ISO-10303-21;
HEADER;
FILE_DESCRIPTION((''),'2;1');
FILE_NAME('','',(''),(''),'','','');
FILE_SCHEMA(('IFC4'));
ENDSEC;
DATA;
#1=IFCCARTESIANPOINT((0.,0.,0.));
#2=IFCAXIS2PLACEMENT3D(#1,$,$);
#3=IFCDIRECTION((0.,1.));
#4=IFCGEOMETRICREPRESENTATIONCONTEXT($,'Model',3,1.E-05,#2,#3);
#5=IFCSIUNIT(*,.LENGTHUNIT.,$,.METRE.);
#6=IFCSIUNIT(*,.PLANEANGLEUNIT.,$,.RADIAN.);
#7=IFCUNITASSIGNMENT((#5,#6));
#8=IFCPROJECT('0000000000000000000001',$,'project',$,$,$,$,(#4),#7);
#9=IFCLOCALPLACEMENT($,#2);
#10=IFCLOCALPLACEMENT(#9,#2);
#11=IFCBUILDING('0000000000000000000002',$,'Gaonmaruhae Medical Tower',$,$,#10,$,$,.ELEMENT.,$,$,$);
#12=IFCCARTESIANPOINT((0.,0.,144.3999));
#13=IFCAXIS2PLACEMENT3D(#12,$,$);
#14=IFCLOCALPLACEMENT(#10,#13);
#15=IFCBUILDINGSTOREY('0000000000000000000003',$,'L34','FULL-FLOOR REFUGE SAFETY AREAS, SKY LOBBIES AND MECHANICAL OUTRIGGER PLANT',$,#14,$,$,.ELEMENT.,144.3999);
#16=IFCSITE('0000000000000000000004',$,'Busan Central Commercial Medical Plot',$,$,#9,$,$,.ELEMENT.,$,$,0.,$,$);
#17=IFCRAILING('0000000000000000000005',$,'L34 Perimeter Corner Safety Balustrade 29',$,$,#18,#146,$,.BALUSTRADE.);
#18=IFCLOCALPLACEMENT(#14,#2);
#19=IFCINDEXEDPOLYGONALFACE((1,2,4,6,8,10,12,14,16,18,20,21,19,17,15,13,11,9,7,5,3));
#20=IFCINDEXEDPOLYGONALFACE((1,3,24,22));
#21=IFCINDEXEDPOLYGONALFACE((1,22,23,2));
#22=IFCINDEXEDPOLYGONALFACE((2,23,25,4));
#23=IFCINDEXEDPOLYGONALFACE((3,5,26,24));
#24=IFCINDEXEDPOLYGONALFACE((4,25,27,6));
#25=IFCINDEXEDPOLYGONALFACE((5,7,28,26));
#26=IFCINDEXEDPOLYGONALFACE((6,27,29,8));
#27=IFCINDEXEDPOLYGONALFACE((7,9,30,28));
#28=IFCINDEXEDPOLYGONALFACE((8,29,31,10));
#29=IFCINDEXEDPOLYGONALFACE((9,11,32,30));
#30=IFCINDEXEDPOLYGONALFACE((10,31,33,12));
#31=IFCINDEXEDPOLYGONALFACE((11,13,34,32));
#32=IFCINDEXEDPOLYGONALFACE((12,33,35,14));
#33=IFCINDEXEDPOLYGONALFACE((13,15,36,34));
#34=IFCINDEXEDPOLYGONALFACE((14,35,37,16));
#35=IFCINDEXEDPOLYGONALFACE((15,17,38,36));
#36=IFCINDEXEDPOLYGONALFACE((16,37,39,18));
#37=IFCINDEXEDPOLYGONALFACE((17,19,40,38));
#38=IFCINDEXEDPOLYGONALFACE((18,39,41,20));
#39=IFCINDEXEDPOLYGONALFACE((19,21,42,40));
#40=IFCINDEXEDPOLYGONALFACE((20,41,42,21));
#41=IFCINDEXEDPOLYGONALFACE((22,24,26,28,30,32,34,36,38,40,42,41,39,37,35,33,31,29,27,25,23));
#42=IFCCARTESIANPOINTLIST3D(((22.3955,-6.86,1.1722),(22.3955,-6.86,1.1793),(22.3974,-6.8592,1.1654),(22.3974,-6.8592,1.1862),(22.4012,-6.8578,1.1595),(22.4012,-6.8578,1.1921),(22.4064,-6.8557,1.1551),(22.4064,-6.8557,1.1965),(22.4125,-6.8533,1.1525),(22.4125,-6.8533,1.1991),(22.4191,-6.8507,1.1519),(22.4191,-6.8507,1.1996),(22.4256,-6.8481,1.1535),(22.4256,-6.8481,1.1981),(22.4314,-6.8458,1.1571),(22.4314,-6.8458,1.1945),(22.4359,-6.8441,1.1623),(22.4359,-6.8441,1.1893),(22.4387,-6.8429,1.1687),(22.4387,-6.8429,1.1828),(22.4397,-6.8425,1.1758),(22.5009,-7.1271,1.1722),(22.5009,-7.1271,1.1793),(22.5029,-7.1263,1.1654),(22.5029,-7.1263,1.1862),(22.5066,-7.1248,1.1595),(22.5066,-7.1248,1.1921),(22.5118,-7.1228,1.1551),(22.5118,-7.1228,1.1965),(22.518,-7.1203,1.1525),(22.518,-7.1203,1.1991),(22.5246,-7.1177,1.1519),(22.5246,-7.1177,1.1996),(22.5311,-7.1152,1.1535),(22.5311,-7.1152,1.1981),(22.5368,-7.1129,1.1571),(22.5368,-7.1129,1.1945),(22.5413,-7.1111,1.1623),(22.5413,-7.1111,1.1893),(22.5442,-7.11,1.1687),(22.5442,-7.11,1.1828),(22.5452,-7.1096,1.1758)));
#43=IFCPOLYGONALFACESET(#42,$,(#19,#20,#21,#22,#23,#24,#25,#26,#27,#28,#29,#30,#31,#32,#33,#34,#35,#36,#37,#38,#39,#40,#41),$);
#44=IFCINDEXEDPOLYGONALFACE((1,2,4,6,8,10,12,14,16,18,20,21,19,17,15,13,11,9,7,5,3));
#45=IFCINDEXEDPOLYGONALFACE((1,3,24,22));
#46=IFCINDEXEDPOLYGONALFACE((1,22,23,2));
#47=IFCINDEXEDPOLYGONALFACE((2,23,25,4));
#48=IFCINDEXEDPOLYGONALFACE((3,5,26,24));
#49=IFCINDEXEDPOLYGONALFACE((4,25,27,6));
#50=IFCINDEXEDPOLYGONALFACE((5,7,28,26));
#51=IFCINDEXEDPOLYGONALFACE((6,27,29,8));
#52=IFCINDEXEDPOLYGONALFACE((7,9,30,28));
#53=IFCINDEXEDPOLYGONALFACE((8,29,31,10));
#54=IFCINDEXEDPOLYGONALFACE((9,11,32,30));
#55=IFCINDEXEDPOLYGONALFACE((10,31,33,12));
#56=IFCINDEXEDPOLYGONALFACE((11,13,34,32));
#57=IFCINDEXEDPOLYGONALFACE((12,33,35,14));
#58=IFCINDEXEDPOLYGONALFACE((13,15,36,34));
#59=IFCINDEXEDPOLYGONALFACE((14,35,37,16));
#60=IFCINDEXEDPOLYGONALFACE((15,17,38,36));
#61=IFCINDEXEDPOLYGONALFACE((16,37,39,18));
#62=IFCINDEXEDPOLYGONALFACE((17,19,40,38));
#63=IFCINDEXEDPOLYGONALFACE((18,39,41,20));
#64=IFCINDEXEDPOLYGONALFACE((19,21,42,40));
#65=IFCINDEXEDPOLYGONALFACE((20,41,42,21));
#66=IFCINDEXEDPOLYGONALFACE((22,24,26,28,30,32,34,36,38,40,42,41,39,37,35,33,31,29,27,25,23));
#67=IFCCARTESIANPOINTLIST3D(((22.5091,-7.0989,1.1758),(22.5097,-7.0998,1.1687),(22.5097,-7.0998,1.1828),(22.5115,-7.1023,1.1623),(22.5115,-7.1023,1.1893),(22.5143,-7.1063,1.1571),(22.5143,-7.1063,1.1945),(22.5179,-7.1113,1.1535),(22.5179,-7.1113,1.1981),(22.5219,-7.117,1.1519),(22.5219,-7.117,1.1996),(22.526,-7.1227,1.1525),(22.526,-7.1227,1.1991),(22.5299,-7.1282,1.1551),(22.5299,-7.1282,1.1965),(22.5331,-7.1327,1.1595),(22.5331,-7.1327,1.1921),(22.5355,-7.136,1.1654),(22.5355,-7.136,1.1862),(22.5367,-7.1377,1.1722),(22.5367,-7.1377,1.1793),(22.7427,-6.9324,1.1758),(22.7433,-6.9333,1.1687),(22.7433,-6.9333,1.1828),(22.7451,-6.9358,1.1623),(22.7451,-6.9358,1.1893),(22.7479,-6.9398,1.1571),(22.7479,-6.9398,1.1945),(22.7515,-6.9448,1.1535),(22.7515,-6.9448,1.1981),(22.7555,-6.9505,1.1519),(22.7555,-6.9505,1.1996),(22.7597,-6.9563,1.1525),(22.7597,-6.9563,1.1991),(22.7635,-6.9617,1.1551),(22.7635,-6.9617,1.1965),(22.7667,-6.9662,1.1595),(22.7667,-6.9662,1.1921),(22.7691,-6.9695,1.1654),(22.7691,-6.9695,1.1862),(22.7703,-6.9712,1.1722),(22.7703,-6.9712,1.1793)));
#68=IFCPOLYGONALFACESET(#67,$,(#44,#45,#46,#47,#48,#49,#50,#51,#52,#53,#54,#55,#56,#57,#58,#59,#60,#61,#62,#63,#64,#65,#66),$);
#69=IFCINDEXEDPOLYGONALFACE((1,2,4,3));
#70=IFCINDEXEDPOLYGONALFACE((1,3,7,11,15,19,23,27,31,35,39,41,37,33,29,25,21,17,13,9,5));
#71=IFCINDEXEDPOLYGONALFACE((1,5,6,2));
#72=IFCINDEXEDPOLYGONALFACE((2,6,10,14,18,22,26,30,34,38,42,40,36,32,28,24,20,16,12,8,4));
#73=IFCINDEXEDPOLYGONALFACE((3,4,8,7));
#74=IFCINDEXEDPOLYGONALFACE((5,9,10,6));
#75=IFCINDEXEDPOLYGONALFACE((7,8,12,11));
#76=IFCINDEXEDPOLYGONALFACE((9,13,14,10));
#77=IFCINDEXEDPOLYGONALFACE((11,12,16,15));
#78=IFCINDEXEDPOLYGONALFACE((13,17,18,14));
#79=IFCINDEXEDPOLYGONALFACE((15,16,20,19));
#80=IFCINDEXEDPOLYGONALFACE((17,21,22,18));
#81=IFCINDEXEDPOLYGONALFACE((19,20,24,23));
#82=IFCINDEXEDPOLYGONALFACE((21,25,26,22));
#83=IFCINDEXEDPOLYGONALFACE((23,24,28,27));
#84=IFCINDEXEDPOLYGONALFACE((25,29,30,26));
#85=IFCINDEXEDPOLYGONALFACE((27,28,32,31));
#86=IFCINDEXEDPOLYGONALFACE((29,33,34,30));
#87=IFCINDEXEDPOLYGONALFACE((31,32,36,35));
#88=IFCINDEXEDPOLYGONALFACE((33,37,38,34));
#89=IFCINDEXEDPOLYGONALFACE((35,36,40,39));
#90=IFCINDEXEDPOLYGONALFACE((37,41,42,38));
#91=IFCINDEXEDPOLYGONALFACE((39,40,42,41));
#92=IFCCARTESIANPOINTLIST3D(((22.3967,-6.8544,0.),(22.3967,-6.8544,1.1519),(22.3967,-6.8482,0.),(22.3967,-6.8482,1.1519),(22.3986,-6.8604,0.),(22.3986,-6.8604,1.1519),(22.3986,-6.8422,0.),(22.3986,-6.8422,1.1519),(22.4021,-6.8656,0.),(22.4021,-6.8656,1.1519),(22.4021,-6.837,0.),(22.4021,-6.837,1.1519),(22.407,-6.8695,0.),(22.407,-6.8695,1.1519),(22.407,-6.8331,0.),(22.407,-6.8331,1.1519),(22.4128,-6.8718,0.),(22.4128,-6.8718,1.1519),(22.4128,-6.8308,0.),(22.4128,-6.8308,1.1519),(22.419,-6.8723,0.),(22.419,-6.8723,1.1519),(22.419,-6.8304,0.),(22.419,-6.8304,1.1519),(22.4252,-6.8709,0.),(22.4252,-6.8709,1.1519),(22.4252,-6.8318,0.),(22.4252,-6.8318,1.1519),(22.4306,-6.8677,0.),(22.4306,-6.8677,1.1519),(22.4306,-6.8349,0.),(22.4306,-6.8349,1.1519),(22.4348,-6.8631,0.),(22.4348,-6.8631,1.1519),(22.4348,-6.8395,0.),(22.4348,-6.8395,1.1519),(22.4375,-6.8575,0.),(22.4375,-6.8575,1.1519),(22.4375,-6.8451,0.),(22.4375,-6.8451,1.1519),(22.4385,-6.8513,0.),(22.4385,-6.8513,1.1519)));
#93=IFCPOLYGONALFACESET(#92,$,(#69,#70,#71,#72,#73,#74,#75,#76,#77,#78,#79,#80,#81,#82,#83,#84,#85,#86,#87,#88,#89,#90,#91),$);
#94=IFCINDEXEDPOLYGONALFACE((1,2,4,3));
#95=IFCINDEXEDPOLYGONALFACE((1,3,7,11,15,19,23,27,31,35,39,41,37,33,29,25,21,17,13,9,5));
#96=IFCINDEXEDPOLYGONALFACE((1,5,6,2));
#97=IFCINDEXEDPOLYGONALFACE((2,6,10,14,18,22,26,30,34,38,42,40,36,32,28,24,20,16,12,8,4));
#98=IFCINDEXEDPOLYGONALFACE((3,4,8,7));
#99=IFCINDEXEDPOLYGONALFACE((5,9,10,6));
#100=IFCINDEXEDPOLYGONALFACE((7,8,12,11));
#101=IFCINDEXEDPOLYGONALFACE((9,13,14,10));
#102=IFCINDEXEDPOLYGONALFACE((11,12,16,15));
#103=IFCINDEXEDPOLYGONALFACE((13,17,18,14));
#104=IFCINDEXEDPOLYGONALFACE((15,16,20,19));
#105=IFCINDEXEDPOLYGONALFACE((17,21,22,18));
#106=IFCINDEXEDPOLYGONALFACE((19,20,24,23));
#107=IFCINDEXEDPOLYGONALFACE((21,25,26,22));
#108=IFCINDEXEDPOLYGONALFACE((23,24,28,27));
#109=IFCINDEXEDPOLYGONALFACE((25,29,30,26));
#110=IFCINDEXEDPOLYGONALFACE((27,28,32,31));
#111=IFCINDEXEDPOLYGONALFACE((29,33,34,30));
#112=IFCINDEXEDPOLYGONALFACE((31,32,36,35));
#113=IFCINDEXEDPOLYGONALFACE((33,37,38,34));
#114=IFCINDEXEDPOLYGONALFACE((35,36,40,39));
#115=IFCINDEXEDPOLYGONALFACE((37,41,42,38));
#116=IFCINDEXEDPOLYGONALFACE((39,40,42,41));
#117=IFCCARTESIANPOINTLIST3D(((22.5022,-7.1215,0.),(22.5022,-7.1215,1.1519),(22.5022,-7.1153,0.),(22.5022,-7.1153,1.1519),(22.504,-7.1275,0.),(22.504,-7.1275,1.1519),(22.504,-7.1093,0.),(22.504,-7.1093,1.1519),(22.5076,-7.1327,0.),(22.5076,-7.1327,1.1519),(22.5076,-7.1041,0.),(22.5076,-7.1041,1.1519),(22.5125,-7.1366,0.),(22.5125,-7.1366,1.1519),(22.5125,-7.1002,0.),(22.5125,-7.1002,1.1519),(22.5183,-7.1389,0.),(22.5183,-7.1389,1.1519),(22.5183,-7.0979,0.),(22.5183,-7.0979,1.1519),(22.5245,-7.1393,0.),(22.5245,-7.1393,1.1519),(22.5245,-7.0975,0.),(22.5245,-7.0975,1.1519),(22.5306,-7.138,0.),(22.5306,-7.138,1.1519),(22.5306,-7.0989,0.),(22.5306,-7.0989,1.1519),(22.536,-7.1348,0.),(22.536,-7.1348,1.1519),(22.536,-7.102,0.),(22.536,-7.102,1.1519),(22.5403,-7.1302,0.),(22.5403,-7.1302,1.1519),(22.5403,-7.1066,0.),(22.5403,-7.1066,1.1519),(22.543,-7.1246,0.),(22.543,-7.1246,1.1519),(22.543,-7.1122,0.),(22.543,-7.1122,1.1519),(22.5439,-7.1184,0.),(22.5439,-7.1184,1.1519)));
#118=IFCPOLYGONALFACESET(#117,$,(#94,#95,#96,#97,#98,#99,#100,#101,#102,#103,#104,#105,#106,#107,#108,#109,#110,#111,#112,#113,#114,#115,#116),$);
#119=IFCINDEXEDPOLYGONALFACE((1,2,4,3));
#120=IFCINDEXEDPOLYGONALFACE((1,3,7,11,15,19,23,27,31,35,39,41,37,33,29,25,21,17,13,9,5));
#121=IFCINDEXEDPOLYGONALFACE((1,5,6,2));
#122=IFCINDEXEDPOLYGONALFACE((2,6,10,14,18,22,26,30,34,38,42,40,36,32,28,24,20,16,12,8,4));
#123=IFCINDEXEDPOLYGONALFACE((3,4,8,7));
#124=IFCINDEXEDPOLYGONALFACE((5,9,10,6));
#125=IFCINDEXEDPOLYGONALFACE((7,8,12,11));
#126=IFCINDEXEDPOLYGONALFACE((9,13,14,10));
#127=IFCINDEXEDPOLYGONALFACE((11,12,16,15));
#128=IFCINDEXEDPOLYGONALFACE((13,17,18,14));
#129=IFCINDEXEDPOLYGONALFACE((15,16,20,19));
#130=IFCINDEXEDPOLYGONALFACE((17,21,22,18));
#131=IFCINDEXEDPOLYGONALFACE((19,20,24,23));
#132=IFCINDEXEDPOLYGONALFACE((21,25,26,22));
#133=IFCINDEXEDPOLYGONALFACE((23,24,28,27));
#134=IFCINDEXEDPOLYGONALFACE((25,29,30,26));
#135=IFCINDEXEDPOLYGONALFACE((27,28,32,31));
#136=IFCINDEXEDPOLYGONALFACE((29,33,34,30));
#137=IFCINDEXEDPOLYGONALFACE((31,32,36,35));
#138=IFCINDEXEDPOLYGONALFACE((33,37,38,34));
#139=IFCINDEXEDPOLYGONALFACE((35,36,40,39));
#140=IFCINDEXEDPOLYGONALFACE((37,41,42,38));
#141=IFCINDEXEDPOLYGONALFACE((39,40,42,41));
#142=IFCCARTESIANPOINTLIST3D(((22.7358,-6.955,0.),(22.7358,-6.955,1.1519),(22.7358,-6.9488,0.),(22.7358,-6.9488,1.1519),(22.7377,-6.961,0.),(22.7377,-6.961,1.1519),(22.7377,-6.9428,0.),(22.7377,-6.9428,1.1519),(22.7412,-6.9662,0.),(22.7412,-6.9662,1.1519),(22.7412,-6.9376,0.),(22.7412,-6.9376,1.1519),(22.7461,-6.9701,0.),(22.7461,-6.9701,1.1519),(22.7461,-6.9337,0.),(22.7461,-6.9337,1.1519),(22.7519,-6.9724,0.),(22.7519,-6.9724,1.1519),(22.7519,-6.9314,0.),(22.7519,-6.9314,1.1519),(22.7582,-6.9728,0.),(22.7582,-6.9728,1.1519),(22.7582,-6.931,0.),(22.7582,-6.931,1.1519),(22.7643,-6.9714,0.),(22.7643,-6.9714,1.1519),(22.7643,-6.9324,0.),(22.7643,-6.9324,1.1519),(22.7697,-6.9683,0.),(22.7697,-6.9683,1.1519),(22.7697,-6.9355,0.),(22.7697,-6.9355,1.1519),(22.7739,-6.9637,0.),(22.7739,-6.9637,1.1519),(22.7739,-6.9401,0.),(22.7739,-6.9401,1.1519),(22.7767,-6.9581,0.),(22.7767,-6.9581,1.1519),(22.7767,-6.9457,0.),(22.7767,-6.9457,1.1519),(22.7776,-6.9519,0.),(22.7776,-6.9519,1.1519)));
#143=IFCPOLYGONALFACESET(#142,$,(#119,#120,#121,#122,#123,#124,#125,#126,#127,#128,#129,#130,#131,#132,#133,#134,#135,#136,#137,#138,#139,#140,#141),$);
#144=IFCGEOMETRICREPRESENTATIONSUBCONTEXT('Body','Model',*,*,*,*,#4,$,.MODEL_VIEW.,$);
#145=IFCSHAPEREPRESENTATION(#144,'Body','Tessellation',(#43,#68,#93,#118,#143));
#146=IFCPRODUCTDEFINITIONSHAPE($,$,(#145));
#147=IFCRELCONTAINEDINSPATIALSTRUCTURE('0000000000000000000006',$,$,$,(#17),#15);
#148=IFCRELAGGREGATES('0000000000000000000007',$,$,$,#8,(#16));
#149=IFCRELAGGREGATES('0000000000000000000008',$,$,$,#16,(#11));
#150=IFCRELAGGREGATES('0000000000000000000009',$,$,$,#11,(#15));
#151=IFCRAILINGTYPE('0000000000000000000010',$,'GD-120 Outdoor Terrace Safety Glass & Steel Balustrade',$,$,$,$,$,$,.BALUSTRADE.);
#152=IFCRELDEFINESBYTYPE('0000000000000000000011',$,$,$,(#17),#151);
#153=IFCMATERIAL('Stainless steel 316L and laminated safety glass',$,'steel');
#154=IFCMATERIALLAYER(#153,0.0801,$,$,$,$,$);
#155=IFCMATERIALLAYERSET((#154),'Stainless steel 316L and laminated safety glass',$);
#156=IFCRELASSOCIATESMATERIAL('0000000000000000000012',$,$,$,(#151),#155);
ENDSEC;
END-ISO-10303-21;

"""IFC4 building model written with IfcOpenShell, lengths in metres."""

from ifc_helpers import new_model, si_unit, direction, frame, origin, origin_2d, place, context, subcontext, project, spatial, circle, extrude, material, layer, layer_set, type_object, element, save


model = new_model("IFC4")

# Units and contexts
model_context = context("Model", 3, precision=1e-05, world=origin(), true_north=direction((0.0, 1.0)))
body_context = subcontext(model_context, "Body", "Model", "MODEL_VIEW")
ifc_project = project(units=[si_unit("LENGTHUNIT", "METRE"), si_unit("PLANEANGLEUNIT", "RADIAN")], contexts=[model_context])

# Site, building, storey
site_placement = place(None, origin())
site = spatial("IfcSite", under=ifc_project, at=site_placement, Name="Busan Central Commercial Medical Plot", CompositionType="ELEMENT", RefElevation=0.0)
building_placement = place(site_placement, origin())
building = spatial("IfcBuilding", under=site, at=building_placement, Name="Gaonmaruhae Medical Tower", CompositionType="ELEMENT")
storey_placement = place(building_placement, frame((0.0, 0.0, 144.3999)))
storey = spatial("IfcBuildingStorey", under=building, at=storey_placement, Name="L34", Description="FULL-FLOOR REFUGE SAFETY AREAS, SKY LOBBIES AND MECHANICAL OUTRIGGER PLANT", CompositionType="ELEMENT", Elevation=144.3999)

# Railing
ifc_material_1 = material(Name="Stainless steel 316L and laminated safety glass", Category="steel")
ifc_layer_1 = layer(ifc_material_1, 0.0801)
ifc_layer_set_1 = layer_set([ifc_layer_1], Name="Stainless steel 316L and laminated safety glass")
railing_type = type_object("IfcRailingType", Name="GD-120 Outdoor Terrace Safety Glass & Steel Balustrade", PredefinedType="BALUSTRADE", material=ifc_layer_set_1)
railing_1_placement = place(storey_placement, frame((22.4175, -6.8513, 0.0)))
element("IfcRailing", 1, at=railing_1_placement, inside=storey, type_object=railing_type, Name="L34 Perimeter Corner Safety Balustrade 29", PredefinedType="BALUSTRADE", context=body_context, shape_type="SweptSolid", body=[
    extrude(circle(Radius=0.0239, at=origin_2d()), frame((0.0, 0.0, 1.1758), z_axis=(0.367283, -0.930109, 0.0), x_axis=(0.930109, 0.367283, 0.0)), (0.0, 0.0, 1.0), 0.2871),
    extrude(circle(Radius=0.0239, at=origin_2d()), frame((0.1055, -0.2671, 1.1758), z_axis=(0.814365, 0.580352, 0.0), x_axis=(-0.580352, 0.814365, 0.0)), (0.0, 0.0, 1.0), 0.2869),
    extrude(circle(Radius=0.021, at=origin_2d()), origin(), (0.0, 0.0, 1.0), 1.1519),
    extrude(circle(Radius=0.021, at=origin_2d()), frame((0.1055, -0.2671, 0.0)), (0.0, 0.0, 1.0), 1.1519),
    extrude(circle(Radius=0.021, at=origin_2d()), frame((0.3391, -0.1006, 0.0)), (0.0, 0.0, 1.0), 1.1519),
])

save(model, "model.ifc")
